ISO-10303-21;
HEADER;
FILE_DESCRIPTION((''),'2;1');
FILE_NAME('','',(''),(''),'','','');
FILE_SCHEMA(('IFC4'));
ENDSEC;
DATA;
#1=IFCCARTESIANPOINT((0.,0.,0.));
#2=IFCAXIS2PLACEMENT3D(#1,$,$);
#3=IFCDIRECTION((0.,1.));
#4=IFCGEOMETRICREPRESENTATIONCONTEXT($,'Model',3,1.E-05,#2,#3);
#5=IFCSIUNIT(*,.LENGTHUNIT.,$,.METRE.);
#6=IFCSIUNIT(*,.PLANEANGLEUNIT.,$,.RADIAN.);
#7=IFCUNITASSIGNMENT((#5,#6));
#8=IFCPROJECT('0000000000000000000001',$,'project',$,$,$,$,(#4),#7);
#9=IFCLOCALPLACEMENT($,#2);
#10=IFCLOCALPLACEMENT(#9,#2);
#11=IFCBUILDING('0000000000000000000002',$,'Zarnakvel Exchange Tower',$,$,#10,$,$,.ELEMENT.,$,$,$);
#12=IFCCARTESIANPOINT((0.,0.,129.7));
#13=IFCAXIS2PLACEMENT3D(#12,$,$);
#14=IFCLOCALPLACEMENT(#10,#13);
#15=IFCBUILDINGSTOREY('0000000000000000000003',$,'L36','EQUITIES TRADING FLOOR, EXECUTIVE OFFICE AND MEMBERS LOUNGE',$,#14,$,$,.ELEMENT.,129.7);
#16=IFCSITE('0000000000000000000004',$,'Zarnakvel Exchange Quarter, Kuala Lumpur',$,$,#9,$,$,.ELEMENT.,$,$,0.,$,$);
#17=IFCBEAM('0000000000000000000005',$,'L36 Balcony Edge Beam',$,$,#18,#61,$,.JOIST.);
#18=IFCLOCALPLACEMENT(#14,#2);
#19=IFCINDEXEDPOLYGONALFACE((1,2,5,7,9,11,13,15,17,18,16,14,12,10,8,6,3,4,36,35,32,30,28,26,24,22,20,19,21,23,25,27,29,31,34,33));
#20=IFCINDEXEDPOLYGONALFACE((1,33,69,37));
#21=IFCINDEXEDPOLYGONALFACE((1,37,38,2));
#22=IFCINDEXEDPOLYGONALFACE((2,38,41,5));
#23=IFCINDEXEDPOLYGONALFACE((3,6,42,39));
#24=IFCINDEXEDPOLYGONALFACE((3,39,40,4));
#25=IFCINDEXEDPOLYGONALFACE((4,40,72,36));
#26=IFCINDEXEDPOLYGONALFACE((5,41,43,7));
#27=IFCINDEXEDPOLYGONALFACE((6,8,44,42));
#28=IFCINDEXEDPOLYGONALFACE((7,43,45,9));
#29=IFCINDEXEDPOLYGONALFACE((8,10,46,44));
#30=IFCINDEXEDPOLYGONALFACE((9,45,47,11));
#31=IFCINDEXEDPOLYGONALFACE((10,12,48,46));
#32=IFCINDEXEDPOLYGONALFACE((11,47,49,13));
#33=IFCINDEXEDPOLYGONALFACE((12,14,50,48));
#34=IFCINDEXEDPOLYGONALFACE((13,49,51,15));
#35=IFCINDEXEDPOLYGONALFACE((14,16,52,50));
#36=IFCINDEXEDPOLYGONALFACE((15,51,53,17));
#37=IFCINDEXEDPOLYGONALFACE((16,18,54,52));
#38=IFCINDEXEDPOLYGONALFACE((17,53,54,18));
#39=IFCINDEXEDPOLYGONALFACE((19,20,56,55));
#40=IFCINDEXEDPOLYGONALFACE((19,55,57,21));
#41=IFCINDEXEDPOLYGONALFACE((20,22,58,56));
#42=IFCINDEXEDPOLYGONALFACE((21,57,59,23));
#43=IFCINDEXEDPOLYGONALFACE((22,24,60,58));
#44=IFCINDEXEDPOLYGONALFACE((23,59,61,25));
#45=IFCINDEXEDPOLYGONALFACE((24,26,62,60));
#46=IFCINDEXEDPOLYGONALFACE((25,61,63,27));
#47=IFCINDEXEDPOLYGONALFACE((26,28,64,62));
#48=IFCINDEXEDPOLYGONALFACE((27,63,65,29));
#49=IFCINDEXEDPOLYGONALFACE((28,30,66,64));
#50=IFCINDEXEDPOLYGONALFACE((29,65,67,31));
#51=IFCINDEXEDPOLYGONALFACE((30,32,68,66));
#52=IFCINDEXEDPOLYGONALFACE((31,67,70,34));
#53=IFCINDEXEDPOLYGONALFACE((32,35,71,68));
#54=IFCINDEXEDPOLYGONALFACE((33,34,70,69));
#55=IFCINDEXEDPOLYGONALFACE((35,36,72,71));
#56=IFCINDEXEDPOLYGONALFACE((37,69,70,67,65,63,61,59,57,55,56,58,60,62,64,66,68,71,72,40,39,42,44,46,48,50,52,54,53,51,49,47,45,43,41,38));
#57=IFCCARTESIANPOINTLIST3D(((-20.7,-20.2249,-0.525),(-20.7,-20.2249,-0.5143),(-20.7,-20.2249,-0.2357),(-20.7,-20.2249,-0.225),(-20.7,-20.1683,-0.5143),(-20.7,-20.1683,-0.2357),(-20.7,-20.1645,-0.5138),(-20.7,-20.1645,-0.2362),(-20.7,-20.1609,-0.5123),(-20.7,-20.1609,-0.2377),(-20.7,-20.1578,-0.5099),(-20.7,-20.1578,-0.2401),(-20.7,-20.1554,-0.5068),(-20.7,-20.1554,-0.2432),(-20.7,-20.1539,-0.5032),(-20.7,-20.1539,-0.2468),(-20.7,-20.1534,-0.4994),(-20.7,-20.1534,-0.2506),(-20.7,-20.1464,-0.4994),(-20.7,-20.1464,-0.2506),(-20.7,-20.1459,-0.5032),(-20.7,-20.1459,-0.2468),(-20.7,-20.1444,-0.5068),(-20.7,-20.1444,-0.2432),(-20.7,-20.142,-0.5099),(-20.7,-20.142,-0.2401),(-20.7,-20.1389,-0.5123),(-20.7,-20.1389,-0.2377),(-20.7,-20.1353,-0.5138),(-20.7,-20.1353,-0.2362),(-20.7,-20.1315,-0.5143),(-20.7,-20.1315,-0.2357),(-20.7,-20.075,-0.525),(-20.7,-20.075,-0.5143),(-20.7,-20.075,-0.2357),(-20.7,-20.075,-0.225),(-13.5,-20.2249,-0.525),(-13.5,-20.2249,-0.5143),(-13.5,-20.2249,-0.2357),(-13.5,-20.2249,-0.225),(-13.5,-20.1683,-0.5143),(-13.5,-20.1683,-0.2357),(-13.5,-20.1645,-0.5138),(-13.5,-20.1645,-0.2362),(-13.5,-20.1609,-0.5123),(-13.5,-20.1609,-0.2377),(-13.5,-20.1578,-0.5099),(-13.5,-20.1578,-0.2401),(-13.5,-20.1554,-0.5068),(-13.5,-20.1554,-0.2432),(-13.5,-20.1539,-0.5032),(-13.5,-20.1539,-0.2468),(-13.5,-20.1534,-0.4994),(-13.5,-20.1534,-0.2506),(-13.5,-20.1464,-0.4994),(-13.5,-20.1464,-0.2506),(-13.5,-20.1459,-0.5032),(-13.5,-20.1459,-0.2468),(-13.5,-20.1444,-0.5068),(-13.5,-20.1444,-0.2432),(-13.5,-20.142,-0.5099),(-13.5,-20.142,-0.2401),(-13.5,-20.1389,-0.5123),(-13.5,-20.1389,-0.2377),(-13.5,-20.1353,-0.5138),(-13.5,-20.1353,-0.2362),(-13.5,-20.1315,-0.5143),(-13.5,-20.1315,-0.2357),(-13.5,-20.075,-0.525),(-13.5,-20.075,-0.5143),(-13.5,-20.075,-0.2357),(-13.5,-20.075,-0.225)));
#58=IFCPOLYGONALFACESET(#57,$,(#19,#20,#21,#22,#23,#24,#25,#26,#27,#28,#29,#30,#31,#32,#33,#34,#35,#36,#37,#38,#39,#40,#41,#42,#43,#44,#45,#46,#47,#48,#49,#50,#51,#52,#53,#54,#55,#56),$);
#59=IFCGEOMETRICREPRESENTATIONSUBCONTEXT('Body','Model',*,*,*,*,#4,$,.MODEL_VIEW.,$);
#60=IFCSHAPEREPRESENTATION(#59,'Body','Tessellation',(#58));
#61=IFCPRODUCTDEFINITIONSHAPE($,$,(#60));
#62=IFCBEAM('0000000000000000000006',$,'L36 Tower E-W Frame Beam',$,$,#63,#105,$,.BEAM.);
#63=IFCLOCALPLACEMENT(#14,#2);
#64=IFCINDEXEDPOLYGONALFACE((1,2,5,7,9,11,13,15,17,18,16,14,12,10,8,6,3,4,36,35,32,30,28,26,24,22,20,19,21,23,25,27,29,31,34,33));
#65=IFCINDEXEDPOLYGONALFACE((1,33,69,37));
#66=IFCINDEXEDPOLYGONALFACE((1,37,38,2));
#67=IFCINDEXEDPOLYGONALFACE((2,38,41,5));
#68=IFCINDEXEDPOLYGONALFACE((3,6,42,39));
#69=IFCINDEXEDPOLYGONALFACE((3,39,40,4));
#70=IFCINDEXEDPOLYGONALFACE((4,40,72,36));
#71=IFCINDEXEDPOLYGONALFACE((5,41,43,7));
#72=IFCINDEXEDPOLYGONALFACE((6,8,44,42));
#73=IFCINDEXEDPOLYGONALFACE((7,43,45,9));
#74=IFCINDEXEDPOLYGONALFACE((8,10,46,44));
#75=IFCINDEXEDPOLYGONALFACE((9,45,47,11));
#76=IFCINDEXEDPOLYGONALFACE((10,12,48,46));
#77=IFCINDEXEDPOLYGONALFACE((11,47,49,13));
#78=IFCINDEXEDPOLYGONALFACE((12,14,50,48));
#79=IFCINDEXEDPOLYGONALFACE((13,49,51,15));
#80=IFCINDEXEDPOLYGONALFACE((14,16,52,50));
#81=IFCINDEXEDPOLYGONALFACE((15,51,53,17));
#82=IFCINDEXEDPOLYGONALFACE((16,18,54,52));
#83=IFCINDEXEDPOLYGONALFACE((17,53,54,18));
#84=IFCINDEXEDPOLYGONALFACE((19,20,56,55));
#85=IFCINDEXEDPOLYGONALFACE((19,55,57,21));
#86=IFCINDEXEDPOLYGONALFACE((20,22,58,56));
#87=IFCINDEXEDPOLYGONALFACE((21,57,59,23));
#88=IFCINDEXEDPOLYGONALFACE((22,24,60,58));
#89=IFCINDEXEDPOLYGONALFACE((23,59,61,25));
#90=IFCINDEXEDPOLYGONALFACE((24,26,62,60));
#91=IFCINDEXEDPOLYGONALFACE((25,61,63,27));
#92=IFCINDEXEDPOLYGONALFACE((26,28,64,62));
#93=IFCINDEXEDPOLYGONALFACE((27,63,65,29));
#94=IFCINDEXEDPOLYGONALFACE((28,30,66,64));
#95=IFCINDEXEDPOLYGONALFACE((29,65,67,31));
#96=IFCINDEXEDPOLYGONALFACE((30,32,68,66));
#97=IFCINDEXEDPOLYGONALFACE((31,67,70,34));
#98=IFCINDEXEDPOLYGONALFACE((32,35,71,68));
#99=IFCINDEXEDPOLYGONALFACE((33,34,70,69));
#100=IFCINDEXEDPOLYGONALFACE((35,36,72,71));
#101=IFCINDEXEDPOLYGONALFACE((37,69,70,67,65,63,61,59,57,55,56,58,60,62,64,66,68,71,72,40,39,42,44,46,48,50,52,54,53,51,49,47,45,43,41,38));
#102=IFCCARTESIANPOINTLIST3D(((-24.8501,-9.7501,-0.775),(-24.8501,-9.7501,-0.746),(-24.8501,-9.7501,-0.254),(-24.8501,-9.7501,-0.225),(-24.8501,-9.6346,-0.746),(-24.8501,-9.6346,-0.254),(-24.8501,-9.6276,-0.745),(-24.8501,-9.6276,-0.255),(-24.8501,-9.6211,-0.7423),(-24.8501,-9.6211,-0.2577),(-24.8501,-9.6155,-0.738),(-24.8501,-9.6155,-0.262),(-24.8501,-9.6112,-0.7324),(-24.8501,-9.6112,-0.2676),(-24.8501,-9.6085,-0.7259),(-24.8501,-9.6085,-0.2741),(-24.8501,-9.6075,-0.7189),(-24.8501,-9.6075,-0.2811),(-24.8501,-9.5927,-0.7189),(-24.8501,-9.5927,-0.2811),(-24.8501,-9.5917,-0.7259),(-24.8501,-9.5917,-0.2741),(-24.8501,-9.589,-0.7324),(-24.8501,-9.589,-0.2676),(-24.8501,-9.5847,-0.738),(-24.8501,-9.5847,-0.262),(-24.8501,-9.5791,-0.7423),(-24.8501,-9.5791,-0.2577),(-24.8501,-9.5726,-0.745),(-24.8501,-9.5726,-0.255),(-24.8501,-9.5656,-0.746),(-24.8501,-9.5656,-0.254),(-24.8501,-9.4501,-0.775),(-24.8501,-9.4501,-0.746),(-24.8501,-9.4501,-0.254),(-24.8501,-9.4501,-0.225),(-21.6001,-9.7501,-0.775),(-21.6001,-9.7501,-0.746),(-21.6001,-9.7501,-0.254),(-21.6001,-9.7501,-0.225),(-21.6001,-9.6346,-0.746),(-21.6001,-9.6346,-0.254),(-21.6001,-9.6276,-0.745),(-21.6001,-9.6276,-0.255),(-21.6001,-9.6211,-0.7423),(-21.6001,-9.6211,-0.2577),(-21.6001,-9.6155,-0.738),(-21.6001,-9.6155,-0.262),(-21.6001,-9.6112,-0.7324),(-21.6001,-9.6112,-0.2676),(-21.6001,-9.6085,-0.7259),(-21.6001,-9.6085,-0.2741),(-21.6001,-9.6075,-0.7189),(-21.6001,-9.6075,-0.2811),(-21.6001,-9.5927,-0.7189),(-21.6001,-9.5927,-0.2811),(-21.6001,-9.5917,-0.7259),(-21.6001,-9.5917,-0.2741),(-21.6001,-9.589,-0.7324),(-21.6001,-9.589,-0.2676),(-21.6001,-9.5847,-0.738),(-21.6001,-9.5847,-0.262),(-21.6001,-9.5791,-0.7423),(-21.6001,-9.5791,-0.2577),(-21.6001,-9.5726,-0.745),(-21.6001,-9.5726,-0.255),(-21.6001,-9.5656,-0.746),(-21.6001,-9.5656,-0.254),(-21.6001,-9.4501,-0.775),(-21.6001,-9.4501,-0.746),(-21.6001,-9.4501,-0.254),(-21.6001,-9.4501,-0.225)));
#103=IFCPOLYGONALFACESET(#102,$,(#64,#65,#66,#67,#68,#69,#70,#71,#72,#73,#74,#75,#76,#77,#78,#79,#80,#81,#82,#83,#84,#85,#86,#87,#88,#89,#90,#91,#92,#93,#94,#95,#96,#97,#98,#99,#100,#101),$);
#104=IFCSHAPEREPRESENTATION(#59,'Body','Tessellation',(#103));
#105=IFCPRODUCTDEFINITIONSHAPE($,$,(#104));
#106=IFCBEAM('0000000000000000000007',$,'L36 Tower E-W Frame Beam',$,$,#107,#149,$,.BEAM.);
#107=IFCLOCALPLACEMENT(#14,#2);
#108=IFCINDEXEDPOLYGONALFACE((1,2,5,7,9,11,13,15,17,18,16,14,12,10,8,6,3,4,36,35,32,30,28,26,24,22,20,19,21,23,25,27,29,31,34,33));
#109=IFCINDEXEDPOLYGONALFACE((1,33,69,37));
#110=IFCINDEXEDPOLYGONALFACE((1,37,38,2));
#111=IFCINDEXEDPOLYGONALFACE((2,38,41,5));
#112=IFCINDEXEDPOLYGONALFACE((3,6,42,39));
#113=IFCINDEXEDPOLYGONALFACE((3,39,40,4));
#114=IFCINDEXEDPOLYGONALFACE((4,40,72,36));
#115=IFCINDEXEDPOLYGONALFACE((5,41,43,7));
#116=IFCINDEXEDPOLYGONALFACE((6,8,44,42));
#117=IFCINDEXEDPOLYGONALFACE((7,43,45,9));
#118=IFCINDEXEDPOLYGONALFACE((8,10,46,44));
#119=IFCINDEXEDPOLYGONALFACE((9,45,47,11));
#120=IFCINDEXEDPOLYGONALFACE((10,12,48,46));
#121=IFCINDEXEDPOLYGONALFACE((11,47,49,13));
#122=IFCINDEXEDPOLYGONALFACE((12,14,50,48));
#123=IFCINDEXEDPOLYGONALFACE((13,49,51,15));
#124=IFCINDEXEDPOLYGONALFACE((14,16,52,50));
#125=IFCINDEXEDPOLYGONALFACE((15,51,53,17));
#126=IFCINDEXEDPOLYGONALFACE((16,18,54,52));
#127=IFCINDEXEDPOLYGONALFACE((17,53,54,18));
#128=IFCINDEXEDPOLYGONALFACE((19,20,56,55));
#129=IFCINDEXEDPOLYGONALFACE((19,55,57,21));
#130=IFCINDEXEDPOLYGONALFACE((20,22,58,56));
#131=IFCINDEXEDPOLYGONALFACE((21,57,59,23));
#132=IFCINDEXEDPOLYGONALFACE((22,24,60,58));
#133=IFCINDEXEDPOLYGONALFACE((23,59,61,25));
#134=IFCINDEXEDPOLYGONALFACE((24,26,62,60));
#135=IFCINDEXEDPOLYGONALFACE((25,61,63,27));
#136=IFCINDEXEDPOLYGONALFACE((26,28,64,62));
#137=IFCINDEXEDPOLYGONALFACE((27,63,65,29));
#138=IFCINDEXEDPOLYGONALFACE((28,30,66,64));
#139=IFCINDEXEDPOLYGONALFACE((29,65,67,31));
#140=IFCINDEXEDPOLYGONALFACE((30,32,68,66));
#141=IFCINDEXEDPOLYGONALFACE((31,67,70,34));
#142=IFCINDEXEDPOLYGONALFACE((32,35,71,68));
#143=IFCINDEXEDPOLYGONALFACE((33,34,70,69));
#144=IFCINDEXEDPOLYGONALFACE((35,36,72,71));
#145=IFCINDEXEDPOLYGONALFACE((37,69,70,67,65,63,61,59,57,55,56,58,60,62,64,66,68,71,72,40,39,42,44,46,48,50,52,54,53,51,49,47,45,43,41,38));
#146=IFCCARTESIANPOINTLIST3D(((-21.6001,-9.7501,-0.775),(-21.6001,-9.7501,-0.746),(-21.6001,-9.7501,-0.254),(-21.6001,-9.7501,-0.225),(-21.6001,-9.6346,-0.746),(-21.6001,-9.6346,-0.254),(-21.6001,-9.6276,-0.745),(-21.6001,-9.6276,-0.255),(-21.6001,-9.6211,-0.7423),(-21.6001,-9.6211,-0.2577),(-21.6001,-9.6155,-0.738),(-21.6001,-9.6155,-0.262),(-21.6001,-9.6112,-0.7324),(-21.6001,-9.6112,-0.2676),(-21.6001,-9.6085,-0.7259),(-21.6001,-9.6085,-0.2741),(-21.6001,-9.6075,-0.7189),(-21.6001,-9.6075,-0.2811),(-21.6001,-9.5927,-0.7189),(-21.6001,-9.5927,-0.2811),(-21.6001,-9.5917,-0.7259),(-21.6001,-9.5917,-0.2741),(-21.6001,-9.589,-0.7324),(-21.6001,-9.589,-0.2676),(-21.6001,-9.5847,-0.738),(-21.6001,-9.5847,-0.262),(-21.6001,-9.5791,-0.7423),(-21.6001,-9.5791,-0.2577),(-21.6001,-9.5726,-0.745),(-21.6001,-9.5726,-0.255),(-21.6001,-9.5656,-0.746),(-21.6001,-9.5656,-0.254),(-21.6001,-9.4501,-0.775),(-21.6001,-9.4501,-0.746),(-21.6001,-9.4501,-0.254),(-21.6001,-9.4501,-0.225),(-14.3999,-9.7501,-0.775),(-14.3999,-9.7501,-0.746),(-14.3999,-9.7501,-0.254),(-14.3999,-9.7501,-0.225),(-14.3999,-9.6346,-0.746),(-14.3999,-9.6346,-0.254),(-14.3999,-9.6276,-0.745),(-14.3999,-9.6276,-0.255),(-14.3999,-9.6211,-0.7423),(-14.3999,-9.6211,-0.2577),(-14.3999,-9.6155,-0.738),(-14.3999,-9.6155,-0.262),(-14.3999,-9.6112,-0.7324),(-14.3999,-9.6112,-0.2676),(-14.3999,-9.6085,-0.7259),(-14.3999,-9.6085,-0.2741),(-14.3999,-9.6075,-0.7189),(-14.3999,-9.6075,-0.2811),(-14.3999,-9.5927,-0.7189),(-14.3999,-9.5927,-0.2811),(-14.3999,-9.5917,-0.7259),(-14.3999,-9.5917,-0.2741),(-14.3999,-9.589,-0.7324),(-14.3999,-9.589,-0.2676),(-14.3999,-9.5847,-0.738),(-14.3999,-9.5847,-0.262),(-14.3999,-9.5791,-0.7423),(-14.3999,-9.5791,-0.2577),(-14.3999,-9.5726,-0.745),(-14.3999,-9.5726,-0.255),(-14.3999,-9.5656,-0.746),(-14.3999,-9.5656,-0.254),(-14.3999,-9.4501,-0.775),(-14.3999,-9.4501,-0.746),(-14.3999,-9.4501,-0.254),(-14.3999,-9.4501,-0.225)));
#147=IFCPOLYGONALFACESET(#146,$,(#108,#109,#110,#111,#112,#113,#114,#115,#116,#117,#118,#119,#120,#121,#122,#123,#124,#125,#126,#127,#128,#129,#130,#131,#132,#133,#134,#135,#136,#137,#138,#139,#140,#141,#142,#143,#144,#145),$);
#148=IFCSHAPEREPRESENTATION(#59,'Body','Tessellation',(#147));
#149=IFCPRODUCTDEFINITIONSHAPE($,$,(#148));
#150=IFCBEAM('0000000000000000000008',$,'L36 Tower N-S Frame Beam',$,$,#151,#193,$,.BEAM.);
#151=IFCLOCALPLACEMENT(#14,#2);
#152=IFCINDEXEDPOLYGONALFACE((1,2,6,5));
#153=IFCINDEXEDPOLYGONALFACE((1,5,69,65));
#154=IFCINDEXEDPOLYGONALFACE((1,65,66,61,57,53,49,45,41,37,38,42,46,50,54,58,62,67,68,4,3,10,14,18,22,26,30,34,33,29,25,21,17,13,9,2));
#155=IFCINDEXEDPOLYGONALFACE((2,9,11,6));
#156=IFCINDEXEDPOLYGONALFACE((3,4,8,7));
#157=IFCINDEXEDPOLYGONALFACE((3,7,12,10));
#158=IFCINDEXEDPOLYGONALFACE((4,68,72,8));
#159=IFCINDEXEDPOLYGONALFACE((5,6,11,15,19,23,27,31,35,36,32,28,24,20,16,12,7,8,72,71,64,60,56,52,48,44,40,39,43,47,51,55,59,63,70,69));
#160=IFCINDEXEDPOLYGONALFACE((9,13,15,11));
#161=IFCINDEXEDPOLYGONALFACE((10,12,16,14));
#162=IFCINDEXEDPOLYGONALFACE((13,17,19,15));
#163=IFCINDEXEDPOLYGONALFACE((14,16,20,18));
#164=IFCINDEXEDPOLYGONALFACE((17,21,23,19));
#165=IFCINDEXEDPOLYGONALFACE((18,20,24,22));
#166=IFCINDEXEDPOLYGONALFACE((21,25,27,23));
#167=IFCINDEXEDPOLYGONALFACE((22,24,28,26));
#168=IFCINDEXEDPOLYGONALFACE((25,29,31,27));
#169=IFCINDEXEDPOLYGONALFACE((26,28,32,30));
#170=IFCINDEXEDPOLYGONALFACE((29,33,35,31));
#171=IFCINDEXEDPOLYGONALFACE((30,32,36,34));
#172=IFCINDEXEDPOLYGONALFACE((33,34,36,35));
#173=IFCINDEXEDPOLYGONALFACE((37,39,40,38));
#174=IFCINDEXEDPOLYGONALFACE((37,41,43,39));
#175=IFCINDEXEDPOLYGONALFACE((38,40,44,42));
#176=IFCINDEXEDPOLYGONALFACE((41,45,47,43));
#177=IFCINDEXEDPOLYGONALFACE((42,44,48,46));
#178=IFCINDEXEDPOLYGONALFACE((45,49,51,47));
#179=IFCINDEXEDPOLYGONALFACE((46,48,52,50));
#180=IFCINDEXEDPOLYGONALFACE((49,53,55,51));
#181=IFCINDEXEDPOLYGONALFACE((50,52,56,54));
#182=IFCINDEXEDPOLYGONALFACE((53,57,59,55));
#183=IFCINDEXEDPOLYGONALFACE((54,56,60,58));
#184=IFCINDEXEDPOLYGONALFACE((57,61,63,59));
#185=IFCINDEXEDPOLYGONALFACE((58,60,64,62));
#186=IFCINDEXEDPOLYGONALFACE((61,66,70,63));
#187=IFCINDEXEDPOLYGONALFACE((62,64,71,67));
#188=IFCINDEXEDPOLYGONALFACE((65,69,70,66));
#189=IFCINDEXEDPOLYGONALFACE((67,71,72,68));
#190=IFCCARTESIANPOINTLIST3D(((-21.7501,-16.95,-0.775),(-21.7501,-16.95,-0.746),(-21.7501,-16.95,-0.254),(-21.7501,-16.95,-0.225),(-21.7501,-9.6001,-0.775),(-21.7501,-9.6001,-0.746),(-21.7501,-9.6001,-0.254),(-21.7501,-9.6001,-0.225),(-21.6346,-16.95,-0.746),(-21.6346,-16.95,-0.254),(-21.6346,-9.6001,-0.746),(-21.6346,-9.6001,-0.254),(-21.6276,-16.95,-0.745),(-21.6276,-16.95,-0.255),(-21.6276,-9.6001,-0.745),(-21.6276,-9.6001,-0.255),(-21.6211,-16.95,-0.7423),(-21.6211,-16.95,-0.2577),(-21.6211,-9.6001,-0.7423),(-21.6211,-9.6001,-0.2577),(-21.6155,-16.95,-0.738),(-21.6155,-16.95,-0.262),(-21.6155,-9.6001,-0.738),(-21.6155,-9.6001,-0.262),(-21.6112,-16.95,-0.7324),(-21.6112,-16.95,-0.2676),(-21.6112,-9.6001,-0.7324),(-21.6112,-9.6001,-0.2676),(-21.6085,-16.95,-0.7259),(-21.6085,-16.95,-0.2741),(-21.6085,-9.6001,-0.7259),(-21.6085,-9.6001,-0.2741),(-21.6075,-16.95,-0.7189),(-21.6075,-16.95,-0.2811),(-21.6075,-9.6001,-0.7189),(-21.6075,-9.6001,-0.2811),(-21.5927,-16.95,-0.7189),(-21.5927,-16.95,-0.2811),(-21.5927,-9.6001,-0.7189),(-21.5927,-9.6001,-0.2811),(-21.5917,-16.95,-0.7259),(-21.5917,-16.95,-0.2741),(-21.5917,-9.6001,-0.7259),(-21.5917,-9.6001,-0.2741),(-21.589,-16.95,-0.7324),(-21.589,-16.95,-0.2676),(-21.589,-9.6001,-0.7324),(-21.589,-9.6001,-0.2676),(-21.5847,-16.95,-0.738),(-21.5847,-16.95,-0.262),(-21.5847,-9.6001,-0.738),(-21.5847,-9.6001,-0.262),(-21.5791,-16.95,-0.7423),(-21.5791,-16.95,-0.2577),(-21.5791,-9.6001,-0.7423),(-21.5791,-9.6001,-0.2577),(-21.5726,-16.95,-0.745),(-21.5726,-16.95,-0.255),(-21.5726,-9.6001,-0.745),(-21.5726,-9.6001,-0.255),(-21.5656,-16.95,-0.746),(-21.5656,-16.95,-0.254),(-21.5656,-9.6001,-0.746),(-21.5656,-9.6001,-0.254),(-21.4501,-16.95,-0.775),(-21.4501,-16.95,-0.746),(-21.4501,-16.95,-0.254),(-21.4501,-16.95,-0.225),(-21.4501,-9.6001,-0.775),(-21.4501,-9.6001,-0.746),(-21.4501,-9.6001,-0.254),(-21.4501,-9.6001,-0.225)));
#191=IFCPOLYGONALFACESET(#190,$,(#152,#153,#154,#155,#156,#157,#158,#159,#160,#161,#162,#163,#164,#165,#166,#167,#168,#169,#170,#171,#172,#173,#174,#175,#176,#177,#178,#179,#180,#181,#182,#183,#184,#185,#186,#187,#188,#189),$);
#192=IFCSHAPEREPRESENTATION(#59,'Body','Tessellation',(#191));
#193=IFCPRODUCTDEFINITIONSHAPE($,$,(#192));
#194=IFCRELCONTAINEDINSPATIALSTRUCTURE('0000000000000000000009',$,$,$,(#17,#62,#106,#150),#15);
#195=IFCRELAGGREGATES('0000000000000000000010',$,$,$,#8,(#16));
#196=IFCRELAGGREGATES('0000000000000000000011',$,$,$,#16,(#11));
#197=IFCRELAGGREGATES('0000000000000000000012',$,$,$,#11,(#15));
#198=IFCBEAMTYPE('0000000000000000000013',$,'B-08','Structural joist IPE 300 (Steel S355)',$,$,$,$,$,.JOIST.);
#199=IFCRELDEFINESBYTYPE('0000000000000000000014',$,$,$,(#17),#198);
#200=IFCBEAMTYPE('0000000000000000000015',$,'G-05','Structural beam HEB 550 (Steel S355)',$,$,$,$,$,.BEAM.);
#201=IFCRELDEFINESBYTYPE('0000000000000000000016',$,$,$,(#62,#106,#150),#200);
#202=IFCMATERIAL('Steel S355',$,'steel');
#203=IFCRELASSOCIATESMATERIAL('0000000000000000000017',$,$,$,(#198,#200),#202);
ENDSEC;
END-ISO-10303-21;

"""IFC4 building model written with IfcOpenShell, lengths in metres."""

from ifc_helpers import new_model, si_unit, direction, frame, origin, origin_2d, place, context, subcontext, project, spatial, i_section, extrude, material, material_profile, profile_set, type_object, element, save


model = new_model("IFC4")

# Units and contexts
model_context = context("Model", 3, precision=1e-05, world=origin(), true_north=direction((0.0, 1.0)))
body_context = subcontext(model_context, "Body", "Model", "MODEL_VIEW")
ifc_project = project(units=[si_unit("LENGTHUNIT", "METRE"), si_unit("PLANEANGLEUNIT", "RADIAN")], contexts=[model_context])

# Site, building, storey
site_placement = place(None, origin())
site = spatial("IfcSite", under=ifc_project, at=site_placement, Name="Zarnakvel Exchange Quarter, Kuala Lumpur", CompositionType="ELEMENT", RefElevation=0.0)
building_placement = place(site_placement, origin())
building = spatial("IfcBuilding", under=site, at=building_placement, Name="Zarnakvel Exchange Tower", CompositionType="ELEMENT")
storey_placement = place(building_placement, frame((0.0, 0.0, 129.7)))
storey = spatial("IfcBuildingStorey", under=building, at=storey_placement, Name="L36", Description="EQUITIES TRADING FLOOR, EXECUTIVE OFFICE AND MEMBERS LOUNGE", CompositionType="ELEMENT", Elevation=129.7)

# Shared definitions
ifc_material_1 = material(Name="Steel S355", Category="steel")

# Beams
ifc_material_profile_1 = material_profile(ifc_material_1, i_section(OverallWidth=0.1499, OverallDepth=0.3, WebThickness=0.0071, FlangeThickness=0.0107, FilletRadius=0.0149, at=origin_2d()))
ifc_profile_set_1 = profile_set([ifc_material_profile_1], Name="Steel S355")
beam_type_1 = type_object("IfcBeamType", Name="B-08", Description="Structural joist IPE 300 (Steel S355)", PredefinedType="JOIST", material=ifc_profile_set_1)
beam_1_placement = place(storey_placement, frame((-20.7, -20.1499, -0.375), z_axis=(1.0, 0.0, 0.0), x_axis=(0.0, 1.0, 0.0)))
element("IfcBeam", 1, at=beam_1_placement, inside=storey, type_object=beam_type_1, Name="L36 Balcony Edge Beam", PredefinedType="JOIST", context=body_context, shape_type="SweptSolid", body=[
    extrude(i_section(OverallWidth=0.1499, OverallDepth=0.3, WebThickness=0.0071, FlangeThickness=0.0107, FilletRadius=0.0149, at=origin_2d()), origin(), (0.0, 0.0, 1.0), 7.2),
])
ifc_material_profile_2 = material_profile(ifc_material_1, i_section(OverallWidth=0.3, OverallDepth=0.55, WebThickness=0.0149, FlangeThickness=0.0291, FilletRadius=0.0271, at=origin_2d()))
ifc_profile_set_2 = profile_set([ifc_material_profile_2], Name="Steel S355")
beam_type_2 = type_object("IfcBeamType", Name="G-05", Description="Structural beam HEB 550 (Steel S355)", PredefinedType="BEAM", material=ifc_profile_set_2)
beam_2_placement = place(storey_placement, frame((-24.8501, -9.6001, -0.5), z_axis=(1.0, 0.0, 0.0), x_axis=(0.0, 1.0, 0.0)))
element("IfcBeam", 2, at=beam_2_placement, inside=storey, type_object=beam_type_2, Name="L36 Tower E-W Frame Beam", PredefinedType="BEAM", context=body_context, shape_type="SweptSolid", body=[
    extrude(i_section(OverallWidth=0.3, OverallDepth=0.55, WebThickness=0.0149, FlangeThickness=0.0291, FilletRadius=0.0271, at=origin_2d()), origin(), (0.0, 0.0, 1.0), 3.25),
])
beam_3_placement = place(storey_placement, frame((-21.6001, -9.6001, -0.5), z_axis=(1.0, 0.0, 0.0), x_axis=(0.0, 1.0, 0.0)))
element("IfcBeam", 3, at=beam_3_placement, inside=storey, type_object=beam_type_2, Name="L36 Tower E-W Frame Beam", PredefinedType="BEAM", context=body_context, shape_type="SweptSolid", body=[
    extrude(i_section(OverallWidth=0.3, OverallDepth=0.55, WebThickness=0.0149, FlangeThickness=0.0291, FilletRadius=0.0271, at=origin_2d()), origin(), (0.0, 0.0, 1.0), 7.2002),
])
beam_4_placement = place(storey_placement, frame((-21.6001, -16.95, -0.5), z_axis=(0.0, 1.0, 0.0), x_axis=(-1.0, 0.0, 0.0)))
element("IfcBeam", 4, at=beam_4_placement, inside=storey, type_object=beam_type_2, Name="L36 Tower N-S Frame Beam", PredefinedType="BEAM", context=body_context, shape_type="SweptSolid", body=[
    extrude(i_section(OverallWidth=0.3, OverallDepth=0.55, WebThickness=0.0149, FlangeThickness=0.0291, FilletRadius=0.0271, at=origin_2d()), origin(), (0.0, 0.0, 1.0), 7.3499),
])

save(model, "model.ifc")
